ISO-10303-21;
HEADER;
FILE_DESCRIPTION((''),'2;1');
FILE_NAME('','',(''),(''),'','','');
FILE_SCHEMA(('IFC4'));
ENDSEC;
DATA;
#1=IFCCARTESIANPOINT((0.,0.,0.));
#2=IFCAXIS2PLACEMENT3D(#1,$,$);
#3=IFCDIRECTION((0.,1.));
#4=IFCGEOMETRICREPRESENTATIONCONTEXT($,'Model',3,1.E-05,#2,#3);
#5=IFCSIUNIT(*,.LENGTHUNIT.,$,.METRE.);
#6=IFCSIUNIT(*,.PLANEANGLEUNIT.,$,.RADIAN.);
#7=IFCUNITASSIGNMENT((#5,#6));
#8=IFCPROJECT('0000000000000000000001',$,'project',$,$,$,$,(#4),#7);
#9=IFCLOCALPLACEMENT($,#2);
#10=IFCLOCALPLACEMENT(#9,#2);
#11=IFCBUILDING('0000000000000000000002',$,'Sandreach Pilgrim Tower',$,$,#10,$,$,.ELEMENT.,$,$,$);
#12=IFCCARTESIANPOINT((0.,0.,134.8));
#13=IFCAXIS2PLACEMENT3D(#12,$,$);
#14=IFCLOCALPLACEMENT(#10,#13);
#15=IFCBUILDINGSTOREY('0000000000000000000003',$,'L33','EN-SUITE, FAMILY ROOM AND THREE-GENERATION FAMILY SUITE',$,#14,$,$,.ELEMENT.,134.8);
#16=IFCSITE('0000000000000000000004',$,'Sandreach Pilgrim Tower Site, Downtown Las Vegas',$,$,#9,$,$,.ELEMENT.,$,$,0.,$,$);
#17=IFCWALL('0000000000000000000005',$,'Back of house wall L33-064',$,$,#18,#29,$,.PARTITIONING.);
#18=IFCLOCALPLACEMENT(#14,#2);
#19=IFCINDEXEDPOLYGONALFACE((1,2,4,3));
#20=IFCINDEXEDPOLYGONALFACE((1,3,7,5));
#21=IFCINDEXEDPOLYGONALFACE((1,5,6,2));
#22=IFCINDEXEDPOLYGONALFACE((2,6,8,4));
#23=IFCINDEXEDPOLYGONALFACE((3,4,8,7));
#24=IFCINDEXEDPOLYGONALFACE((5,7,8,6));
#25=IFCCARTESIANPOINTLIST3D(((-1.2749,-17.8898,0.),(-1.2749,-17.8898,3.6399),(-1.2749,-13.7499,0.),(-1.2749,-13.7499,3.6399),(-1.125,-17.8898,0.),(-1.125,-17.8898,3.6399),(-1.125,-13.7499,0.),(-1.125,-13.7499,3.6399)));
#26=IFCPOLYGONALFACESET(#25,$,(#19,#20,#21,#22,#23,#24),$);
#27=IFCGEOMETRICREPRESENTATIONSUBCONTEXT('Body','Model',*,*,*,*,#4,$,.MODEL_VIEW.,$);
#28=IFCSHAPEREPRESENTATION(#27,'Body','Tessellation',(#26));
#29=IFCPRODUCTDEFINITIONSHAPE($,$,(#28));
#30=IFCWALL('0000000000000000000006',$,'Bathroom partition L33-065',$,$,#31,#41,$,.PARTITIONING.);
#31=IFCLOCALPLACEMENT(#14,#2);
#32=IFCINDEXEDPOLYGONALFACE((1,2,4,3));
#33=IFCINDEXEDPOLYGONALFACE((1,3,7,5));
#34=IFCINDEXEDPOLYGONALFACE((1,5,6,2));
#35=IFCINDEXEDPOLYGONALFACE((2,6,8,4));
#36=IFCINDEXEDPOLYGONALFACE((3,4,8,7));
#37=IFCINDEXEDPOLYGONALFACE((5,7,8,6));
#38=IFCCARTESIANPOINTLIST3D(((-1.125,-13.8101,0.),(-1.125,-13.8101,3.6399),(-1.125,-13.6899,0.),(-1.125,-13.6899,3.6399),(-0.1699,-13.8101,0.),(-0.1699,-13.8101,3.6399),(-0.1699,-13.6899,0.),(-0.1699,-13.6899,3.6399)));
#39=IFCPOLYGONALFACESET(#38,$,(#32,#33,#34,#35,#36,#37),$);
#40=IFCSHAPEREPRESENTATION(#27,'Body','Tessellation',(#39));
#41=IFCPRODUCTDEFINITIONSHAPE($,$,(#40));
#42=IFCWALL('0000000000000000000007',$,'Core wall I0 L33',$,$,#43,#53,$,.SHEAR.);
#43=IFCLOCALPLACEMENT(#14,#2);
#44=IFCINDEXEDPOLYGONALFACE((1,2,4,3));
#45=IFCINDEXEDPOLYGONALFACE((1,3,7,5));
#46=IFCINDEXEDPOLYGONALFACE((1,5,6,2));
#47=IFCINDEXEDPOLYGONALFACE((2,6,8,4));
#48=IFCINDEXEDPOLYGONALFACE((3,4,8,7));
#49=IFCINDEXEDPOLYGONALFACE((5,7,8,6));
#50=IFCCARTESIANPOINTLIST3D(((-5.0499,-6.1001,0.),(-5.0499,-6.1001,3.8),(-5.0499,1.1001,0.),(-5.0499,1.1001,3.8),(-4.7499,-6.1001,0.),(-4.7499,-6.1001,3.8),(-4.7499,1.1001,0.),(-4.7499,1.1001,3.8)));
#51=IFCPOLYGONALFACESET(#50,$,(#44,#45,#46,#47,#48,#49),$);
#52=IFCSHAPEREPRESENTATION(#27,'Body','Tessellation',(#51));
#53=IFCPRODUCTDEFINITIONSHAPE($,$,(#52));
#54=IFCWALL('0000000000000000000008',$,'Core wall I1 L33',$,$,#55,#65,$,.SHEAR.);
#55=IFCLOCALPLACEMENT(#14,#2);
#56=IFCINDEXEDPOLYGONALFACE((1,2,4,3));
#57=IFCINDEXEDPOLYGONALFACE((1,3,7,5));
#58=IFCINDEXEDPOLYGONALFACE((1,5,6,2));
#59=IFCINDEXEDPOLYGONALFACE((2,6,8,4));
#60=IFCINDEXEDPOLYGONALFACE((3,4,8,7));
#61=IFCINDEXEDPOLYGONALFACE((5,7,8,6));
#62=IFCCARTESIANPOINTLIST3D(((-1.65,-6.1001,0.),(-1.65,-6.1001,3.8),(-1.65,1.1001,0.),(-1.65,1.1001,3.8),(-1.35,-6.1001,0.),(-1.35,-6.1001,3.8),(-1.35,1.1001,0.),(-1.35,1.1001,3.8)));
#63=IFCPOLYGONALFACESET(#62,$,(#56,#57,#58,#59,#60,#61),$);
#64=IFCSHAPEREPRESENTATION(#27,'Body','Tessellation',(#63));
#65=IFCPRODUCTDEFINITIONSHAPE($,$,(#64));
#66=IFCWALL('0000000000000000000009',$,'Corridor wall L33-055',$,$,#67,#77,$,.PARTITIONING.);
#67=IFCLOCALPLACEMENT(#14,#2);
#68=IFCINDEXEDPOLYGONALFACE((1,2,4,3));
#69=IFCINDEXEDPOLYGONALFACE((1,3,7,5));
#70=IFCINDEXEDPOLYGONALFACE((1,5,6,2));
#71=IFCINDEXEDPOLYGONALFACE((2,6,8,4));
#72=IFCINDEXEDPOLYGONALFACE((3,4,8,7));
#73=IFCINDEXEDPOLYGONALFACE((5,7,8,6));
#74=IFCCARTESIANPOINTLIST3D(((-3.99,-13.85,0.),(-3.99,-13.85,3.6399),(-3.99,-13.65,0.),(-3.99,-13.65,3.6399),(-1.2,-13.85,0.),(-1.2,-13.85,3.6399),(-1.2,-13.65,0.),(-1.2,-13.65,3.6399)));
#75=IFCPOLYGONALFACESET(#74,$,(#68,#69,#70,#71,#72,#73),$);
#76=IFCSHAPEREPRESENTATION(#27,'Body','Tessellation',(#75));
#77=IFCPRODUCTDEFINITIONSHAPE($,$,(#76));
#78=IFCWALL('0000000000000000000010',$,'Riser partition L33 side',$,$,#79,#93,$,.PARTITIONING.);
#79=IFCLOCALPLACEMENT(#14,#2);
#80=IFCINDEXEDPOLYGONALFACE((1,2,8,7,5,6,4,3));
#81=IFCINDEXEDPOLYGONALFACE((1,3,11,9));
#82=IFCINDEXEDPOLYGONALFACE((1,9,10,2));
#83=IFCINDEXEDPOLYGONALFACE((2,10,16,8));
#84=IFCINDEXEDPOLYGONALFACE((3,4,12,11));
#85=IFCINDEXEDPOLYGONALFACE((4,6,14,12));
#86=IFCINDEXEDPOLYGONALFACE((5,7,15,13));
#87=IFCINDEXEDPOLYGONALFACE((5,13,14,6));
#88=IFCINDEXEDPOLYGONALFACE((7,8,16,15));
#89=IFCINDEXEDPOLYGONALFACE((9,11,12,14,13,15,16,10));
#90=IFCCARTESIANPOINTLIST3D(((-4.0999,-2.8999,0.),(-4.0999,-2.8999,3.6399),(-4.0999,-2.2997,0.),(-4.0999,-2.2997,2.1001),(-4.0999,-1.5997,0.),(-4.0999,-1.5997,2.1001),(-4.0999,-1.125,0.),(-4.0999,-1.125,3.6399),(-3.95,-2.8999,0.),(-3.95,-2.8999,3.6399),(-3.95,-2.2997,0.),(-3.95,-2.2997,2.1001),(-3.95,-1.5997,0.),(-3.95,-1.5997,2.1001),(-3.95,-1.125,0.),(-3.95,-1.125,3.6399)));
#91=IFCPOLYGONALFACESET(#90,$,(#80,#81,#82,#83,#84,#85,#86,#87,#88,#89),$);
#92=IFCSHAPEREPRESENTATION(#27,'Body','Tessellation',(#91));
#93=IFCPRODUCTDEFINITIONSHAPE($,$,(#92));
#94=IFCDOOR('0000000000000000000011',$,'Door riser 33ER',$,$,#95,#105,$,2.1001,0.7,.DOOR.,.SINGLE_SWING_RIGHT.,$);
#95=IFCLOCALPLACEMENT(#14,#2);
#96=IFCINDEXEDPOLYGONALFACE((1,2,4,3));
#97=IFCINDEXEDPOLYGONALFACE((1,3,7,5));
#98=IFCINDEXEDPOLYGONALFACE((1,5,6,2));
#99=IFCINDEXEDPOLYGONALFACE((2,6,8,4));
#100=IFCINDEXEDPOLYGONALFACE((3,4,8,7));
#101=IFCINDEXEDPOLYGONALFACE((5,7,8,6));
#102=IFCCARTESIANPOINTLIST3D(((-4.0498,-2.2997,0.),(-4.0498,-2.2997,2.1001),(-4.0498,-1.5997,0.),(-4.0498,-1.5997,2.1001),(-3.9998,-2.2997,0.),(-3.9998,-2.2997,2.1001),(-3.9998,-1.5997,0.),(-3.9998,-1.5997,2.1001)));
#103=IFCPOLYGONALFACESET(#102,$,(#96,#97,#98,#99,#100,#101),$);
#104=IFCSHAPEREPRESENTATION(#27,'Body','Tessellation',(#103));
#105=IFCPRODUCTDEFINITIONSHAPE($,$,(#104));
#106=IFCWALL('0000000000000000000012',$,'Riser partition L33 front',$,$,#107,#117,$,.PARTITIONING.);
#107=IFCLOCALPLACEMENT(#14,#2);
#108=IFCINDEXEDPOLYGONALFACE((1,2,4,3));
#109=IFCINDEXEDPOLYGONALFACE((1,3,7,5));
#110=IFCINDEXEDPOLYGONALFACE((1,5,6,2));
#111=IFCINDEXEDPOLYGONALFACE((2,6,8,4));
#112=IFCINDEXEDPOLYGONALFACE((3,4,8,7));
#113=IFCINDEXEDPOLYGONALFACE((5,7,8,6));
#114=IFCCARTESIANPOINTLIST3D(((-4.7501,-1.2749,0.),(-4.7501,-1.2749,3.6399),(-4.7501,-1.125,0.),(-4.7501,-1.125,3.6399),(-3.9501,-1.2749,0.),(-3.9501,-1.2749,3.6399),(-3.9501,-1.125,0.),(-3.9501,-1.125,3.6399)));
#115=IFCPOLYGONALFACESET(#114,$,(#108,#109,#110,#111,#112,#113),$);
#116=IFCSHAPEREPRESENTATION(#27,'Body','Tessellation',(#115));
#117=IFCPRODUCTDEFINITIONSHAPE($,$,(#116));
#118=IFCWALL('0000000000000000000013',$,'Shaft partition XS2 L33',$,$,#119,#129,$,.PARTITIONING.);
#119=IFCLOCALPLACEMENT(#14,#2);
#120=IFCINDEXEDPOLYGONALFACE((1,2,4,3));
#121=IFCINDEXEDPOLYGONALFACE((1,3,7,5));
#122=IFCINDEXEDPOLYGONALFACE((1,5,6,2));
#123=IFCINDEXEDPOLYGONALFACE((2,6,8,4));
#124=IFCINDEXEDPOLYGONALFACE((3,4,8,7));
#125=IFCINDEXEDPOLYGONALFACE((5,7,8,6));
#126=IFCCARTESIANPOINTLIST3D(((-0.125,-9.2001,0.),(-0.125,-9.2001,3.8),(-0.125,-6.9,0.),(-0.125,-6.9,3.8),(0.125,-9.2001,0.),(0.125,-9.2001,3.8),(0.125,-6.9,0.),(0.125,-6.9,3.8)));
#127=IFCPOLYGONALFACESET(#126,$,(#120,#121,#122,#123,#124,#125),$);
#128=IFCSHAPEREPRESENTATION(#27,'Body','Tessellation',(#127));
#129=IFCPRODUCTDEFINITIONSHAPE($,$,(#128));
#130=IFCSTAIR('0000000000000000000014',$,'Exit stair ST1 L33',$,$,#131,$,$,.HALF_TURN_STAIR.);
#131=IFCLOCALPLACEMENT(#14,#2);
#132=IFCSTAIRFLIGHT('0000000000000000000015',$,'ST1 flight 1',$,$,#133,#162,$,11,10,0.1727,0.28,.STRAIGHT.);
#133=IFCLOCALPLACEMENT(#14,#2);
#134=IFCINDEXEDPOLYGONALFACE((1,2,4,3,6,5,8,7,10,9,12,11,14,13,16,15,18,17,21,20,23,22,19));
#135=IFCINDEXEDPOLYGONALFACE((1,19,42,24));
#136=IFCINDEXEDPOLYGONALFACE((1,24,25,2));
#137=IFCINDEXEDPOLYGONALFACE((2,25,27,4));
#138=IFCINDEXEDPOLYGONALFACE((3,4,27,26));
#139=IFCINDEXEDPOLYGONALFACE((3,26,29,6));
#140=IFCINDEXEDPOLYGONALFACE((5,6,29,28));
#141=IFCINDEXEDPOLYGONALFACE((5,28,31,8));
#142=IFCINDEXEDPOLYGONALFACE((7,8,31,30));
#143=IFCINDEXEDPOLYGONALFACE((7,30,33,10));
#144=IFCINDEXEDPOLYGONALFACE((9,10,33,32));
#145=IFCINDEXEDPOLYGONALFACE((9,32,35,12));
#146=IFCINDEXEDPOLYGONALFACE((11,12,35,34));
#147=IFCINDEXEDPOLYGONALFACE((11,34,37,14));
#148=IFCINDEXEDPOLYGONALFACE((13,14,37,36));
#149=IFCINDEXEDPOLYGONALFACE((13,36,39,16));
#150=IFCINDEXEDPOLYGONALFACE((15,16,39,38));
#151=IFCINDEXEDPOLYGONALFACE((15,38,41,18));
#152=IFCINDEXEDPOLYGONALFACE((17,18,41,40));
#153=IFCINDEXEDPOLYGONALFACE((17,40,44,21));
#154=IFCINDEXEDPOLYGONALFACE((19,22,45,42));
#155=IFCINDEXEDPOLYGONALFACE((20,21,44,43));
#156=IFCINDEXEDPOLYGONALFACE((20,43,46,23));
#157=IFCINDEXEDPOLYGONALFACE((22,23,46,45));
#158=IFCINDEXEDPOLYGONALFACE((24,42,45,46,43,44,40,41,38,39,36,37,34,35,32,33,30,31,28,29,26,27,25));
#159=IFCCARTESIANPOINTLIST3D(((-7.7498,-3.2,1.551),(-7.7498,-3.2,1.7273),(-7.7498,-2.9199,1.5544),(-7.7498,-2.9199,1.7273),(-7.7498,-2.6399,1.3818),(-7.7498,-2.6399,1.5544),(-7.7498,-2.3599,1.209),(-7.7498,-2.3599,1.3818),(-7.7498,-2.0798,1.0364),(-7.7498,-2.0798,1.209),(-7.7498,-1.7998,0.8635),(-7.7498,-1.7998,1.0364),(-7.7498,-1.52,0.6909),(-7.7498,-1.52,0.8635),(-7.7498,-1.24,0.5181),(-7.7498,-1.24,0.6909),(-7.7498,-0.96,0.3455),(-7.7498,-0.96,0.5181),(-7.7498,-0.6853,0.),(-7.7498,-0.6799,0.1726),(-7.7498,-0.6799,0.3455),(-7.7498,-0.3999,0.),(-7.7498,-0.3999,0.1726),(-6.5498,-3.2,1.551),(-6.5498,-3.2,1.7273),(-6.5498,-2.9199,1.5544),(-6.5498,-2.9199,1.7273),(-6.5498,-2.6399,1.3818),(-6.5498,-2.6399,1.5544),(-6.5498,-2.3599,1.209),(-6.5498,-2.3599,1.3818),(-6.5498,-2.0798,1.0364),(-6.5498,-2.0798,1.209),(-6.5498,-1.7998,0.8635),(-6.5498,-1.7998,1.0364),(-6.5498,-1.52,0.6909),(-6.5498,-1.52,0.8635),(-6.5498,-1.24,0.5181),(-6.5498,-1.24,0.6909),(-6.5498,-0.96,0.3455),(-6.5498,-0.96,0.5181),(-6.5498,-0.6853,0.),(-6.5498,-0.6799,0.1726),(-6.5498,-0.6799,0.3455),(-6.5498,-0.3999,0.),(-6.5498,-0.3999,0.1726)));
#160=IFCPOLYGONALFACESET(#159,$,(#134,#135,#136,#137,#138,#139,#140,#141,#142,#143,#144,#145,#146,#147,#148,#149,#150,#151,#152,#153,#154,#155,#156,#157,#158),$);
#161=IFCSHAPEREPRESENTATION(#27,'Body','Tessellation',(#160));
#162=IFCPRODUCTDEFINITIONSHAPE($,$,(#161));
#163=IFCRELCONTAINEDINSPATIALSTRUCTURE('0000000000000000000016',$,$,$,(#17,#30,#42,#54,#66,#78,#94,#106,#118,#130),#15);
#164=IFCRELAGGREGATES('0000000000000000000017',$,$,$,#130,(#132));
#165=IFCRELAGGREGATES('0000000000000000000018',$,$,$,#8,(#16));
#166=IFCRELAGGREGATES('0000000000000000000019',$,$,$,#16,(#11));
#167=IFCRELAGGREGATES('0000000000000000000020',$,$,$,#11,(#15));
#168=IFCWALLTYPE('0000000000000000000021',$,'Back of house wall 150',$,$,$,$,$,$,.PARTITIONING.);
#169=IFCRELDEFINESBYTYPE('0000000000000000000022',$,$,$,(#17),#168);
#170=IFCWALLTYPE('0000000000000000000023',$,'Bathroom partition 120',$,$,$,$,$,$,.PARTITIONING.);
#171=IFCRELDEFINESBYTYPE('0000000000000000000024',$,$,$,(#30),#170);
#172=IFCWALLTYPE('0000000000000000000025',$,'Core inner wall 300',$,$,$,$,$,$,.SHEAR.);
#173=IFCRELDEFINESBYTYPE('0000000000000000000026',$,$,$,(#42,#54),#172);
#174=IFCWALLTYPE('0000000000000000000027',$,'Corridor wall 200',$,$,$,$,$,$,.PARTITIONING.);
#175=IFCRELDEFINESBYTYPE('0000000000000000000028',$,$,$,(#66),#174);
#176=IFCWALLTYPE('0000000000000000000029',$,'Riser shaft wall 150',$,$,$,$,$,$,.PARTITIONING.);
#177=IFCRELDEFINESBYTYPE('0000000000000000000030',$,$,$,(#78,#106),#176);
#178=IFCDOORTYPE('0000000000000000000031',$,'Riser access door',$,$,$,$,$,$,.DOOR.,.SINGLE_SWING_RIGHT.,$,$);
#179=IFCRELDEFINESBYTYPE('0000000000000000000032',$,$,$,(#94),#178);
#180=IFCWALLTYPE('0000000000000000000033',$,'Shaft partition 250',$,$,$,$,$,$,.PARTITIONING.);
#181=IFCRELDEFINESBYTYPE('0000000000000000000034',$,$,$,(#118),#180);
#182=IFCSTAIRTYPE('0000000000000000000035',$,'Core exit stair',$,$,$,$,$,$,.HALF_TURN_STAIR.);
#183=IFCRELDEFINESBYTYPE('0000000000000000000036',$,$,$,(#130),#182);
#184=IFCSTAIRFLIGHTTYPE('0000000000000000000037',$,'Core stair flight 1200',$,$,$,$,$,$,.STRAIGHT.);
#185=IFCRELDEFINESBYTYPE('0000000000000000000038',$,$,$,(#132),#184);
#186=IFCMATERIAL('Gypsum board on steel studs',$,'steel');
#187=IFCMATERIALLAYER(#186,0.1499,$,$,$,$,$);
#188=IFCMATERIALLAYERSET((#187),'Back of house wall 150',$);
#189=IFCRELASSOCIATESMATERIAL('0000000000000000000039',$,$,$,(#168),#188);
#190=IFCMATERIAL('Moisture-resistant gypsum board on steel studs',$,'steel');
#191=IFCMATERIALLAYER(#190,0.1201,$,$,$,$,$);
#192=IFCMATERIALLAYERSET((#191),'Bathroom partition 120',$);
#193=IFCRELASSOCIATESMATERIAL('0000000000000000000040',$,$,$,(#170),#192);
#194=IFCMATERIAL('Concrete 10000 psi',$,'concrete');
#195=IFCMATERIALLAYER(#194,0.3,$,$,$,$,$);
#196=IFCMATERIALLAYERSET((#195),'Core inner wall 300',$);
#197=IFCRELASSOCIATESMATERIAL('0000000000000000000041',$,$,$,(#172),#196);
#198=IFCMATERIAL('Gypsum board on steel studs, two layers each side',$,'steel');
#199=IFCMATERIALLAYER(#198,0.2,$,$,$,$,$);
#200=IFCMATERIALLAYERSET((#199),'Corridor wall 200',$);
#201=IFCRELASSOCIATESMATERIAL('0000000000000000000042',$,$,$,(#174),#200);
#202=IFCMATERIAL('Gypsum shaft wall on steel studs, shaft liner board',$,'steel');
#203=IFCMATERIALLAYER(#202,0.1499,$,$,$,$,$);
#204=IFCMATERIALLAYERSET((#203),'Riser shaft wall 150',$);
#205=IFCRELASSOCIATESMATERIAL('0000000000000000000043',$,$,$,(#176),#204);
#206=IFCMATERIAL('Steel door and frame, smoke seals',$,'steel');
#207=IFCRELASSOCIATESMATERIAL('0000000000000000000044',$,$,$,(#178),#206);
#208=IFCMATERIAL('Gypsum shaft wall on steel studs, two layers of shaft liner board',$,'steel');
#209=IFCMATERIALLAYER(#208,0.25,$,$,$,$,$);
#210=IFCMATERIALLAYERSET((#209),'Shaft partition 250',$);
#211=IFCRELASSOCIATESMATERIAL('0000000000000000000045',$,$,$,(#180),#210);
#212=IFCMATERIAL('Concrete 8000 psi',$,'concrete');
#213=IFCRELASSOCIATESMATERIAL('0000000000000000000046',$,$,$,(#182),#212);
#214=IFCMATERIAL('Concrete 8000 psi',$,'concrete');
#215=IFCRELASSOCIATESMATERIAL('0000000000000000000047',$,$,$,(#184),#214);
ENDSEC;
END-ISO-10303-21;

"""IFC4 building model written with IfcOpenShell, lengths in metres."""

from ifc_helpers import new_model, si_unit, direction, frame, frame_2d, origin, place, context, subcontext, project, spatial, polyline, rectangle, outline, extrude, material, layer, layer_set, type_object, element, fill, aggregate, save


model = new_model("IFC4")

# Units and contexts
model_context = context("Model", 3, precision=1e-05, world=origin(), true_north=direction((0.0, 1.0)))
body_context = subcontext(model_context, "Body", "Model", "MODEL_VIEW")
ifc_project = project(units=[si_unit("LENGTHUNIT", "METRE"), si_unit("PLANEANGLEUNIT", "RADIAN")], contexts=[model_context])

# Site, building, storey
site_placement = place(None, origin())
site = spatial("IfcSite", under=ifc_project, at=site_placement, Name="Sandreach Pilgrim Tower Site, Downtown Las Vegas", CompositionType="ELEMENT", RefElevation=0.0)
building_placement = place(site_placement, origin())
building = spatial("IfcBuilding", under=site, at=building_placement, Name="Sandreach Pilgrim Tower", CompositionType="ELEMENT")
storey_placement = place(building_placement, frame((0.0, 0.0, 134.8)))
storey = spatial("IfcBuildingStorey", under=building, at=storey_placement, Name="L33", Description="EN-SUITE, FAMILY ROOM AND THREE-GENERATION FAMILY SUITE", CompositionType="ELEMENT", Elevation=134.8)

# Walls
ifc_material_1 = material(Name="Gypsum board on steel studs", Category="steel")
ifc_layer_1 = layer(ifc_material_1, 0.1499)
ifc_layer_set_1 = layer_set([ifc_layer_1], Name="Back of house wall 150")
wall_type_1 = type_object("IfcWallType", Name="Back of house wall 150", PredefinedType="PARTITIONING", material=ifc_layer_set_1)
wall_1_placement = place(storey_placement, frame((-1.2, -13.75, 0.0), z_axis=(0.0, 0.0, 1.0), x_axis=(0.0, -1.0, 0.0)))
element("IfcWall", 1, at=wall_1_placement, inside=storey, type_object=wall_type_1, Name="Back of house wall L33-064", PredefinedType="PARTITIONING", context=body_context, shape_type="SweptSolid", body=[
    extrude(rectangle(XDim=4.1399, YDim=0.1499, at=frame_2d((2.0698, 0.0))), origin(), (0.0, 0.0, 1.0), 3.6399),
])
ifc_material_2 = material(Name="Moisture-resistant gypsum board on steel studs", Category="steel")
ifc_layer_2 = layer(ifc_material_2, 0.1201)
ifc_layer_set_2 = layer_set([ifc_layer_2], Name="Bathroom partition 120")
wall_type_2 = type_object("IfcWallType", Name="Bathroom partition 120", PredefinedType="PARTITIONING", material=ifc_layer_set_2)
wall_2_placement = place(storey_placement, frame((-1.125, -13.75, 0.0), z_axis=(0.0, 0.0, 1.0), x_axis=(1.0, 0.0, 0.0)))
element("IfcWall", 2, at=wall_2_placement, inside=storey, type_object=wall_type_2, Name="Bathroom partition L33-065", PredefinedType="PARTITIONING", context=body_context, shape_type="SweptSolid", body=[
    extrude(rectangle(XDim=0.9551, YDim=0.1201, at=frame_2d((0.4775, 0.0))), origin(), (0.0, 0.0, 1.0), 3.6399),
])
ifc_material_3 = material(Name="Concrete 10000 psi", Category="concrete")
ifc_layer_3 = layer(ifc_material_3, 0.3)
ifc_layer_set_3 = layer_set([ifc_layer_3], Name="Core inner wall 300")
wall_type_3 = type_object("IfcWallType", Name="Core inner wall 300", PredefinedType="SHEAR", material=ifc_layer_set_3)
for number, where, z_axis, x_axis, name in (
    (3, (-4.8999, -6.1001, 0.0), (0.0, 0.0, 1.0), (0.0, 1.0, 0.0), "Core wall I0 L33"),
    (4, (-1.5, -6.1001, 0.0), (0.0, 0.0, 1.0), (0.0, 1.0, 0.0), "Core wall I1 L33"),
):
    element("IfcWall", number, at=place(storey_placement, frame(where, z_axis=z_axis, x_axis=x_axis)), inside=storey, type_object=wall_type_3, Name=name, PredefinedType="SHEAR", context=body_context, shape_type="SweptSolid", body=[
        extrude(rectangle(XDim=7.2002, YDim=0.3, at=frame_2d((3.6001, 0.0))), origin(), (0.0, 0.0, 1.0), 3.8),
    ])

# Wall
ifc_material_4 = material(Name="Gypsum board on steel studs, two layers each side", Category="steel")
ifc_layer_4 = layer(ifc_material_4, 0.2)
ifc_layer_set_4 = layer_set([ifc_layer_4], Name="Corridor wall 200")
wall_type_4 = type_object("IfcWallType", Name="Corridor wall 200", PredefinedType="PARTITIONING", material=ifc_layer_set_4)
wall_3_placement = place(storey_placement, frame((-3.99, -13.75, 0.0), z_axis=(0.0, 0.0, 1.0), x_axis=(1.0, 0.0, 0.0)))
element("IfcWall", 5, at=wall_3_placement, inside=storey, type_object=wall_type_4, Name="Corridor wall L33-055", PredefinedType="PARTITIONING", context=body_context, shape_type="SweptSolid", body=[
    extrude(rectangle(XDim=2.79, YDim=0.2, at=frame_2d((1.395, 0.0))), origin(), (0.0, 0.0, 1.0), 3.6399),
])

# Wall, opening, door
ifc_material_5 = material(Name="Gypsum shaft wall on steel studs, shaft liner board", Category="steel")
ifc_layer_5 = layer(ifc_material_5, 0.1499)
ifc_layer_set_5 = layer_set([ifc_layer_5], Name="Riser shaft wall 150")
wall_type_5 = type_object("IfcWallType", Name="Riser shaft wall 150", PredefinedType="PARTITIONING", material=ifc_layer_set_5)
wall_4_placement = place(storey_placement, frame((-4.0249, -2.8999, 0.0), z_axis=(0.0, 0.0, 1.0), x_axis=(0.0, 1.0, 0.0)))
wall_4 = element("IfcWall", 6, at=wall_4_placement, inside=storey, type_object=wall_type_5, Name="Riser partition L33 side", PredefinedType="PARTITIONING", context=body_context, shape_type="SweptSolid", body=[
    extrude(rectangle(XDim=1.7749, YDim=0.1499, at=frame_2d((0.8875, 0.0))), origin(), (0.0, 0.0, 1.0), 3.6399),
])
opening_1_placement = place(wall_4_placement, frame((0.6001, 0.0, 0.0)))
opening_1 = element("IfcOpeningElement", 7, at=opening_1_placement, cuts=wall_4, PredefinedType="OPENING", context=body_context, shape_type="SweptSolid", body=[
    extrude(rectangle(XDim=0.7, YDim=2.1001, at=frame_2d((0.3501, 1.05))), frame((0.0, 0.075, 0.0), z_axis=(0.0, -1.0, 0.0), x_axis=(1.0, 0.0, 0.0)), (0.0, 0.0, 1.0), 0.1499),
])
ifc_material_6 = material(Name="Steel door and frame, smoke seals", Category="steel")
door_type_1 = type_object("IfcDoorType", Name="Riser access door", OperationType="SINGLE_SWING_RIGHT", PredefinedType="DOOR", material=ifc_material_6)
door_1_placement = place(opening_1_placement, origin())
door_1 = element("IfcDoor", 8, at=door_1_placement, inside=storey, type_object=door_type_1, Name="Door riser 33ER", OperationType="SINGLE_SWING_RIGHT", OverallHeight=2.1001, OverallWidth=0.7, PredefinedType="DOOR", context=body_context, shape_type="SweptSolid", body=[
    extrude(rectangle(XDim=0.7, YDim=2.1001, at=frame_2d((0.3501, 1.05))), frame((0.0, 0.0249, 0.0), z_axis=(0.0, -1.0, 0.0), x_axis=(1.0, 0.0, 0.0)), (0.0, 0.0, 1.0), 0.05),
])
fill(opening_1, door_1)

# Walls
wall_5_placement = place(storey_placement, frame((-4.75, -1.2, 0.0), z_axis=(0.0, 0.0, 1.0), x_axis=(1.0, 0.0, 0.0)))
element("IfcWall", 9, at=wall_5_placement, inside=storey, type_object=wall_type_5, Name="Riser partition L33 front", PredefinedType="PARTITIONING", context=body_context, shape_type="SweptSolid", body=[
    extrude(rectangle(XDim=0.8, YDim=0.1499, at=frame_2d((0.3999, 0.0))), origin(), (0.0, 0.0, 1.0), 3.6399),
])
ifc_material_7 = material(Name="Gypsum shaft wall on steel studs, two layers of shaft liner board", Category="steel")
ifc_layer_6 = layer(ifc_material_7, 0.25)
ifc_layer_set_6 = layer_set([ifc_layer_6], Name="Shaft partition 250")
wall_type_6 = type_object("IfcWallType", Name="Shaft partition 250", PredefinedType="PARTITIONING", material=ifc_layer_set_6)
wall_6_placement = place(storey_placement, frame((0.0, -9.2, 0.0), z_axis=(0.0, 0.0, 1.0), x_axis=(0.0, 1.0, 0.0)))
element("IfcWall", 10, at=wall_6_placement, inside=storey, type_object=wall_type_6, Name="Shaft partition XS2 L33", PredefinedType="PARTITIONING", context=body_context, shape_type="SweptSolid", body=[
    extrude(rectangle(XDim=2.3, YDim=0.25, at=frame_2d((1.1499, 0.0))), origin(), (0.0, 0.0, 1.0), 3.8),
])

# Stair, stair flight
ifc_material_8 = material(Name="Concrete 8000 psi", Category="concrete")
stair_type = type_object("IfcStairType", Name="Core exit stair", PredefinedType="HALF_TURN_STAIR", material=ifc_material_8)
stair_placement = place(storey_placement, origin())
stair = element("IfcStair", 11, at=stair_placement, inside=storey, type_object=stair_type, Name="Exit stair ST1 L33", PredefinedType="HALF_TURN_STAIR")
ifc_material_9 = material(Name="Concrete 8000 psi", Category="concrete")
stair_flight_type = type_object("IfcStairFlightType", Name="Core stair flight 1200", PredefinedType="STRAIGHT", material=ifc_material_9)
stair_flight_1_placement = place(storey_placement, frame((-7.1499, -0.3999, 0.0), z_axis=(0.0, 0.0, 1.0), x_axis=(0.0, -1.0, 0.0)))
stair_flight_1 = element("IfcStairFlight", 12, at=stair_flight_1_placement, type_object=stair_flight_type, Name="ST1 flight 1", NumberOfRisers=11, NumberOfTreads=10, PredefinedType="STRAIGHT", RiserHeight=0.1727, TreadLength=0.28, context=body_context, shape_type="SweptSolid", body=[
    extrude(outline(polyline([(0.0, 0.0), (0.0, 0.1726), (0.28, 0.1726), (0.28, 0.3455), (0.5601, 0.3455), (0.5601, 0.5181), (0.8401, 0.5181), (0.8401, 0.6909), (1.1201, 0.6909), (1.1201, 0.8635), (1.3999, 0.8635), (1.3999, 1.0364), (1.6799, 1.0364), (1.6799, 1.209), (1.96, 1.209), (1.96, 1.3818), (2.24, 1.3818), (2.24, 1.5544), (2.52, 1.5544), (2.52, 1.7273), (2.8, 1.7273), (2.8, 1.8999), (2.8, 1.551), (0.2854, 0.0), (0.0, 0.0)])), frame((0.0, 0.6001, 0.0), z_axis=(0.0, -1.0, 0.0), x_axis=(1.0, 0.0, 0.0)), (0.0, 0.0, 1.0), 1.2),
])
aggregate(stair, [stair_flight_1])

save(model, "model.ifc")
